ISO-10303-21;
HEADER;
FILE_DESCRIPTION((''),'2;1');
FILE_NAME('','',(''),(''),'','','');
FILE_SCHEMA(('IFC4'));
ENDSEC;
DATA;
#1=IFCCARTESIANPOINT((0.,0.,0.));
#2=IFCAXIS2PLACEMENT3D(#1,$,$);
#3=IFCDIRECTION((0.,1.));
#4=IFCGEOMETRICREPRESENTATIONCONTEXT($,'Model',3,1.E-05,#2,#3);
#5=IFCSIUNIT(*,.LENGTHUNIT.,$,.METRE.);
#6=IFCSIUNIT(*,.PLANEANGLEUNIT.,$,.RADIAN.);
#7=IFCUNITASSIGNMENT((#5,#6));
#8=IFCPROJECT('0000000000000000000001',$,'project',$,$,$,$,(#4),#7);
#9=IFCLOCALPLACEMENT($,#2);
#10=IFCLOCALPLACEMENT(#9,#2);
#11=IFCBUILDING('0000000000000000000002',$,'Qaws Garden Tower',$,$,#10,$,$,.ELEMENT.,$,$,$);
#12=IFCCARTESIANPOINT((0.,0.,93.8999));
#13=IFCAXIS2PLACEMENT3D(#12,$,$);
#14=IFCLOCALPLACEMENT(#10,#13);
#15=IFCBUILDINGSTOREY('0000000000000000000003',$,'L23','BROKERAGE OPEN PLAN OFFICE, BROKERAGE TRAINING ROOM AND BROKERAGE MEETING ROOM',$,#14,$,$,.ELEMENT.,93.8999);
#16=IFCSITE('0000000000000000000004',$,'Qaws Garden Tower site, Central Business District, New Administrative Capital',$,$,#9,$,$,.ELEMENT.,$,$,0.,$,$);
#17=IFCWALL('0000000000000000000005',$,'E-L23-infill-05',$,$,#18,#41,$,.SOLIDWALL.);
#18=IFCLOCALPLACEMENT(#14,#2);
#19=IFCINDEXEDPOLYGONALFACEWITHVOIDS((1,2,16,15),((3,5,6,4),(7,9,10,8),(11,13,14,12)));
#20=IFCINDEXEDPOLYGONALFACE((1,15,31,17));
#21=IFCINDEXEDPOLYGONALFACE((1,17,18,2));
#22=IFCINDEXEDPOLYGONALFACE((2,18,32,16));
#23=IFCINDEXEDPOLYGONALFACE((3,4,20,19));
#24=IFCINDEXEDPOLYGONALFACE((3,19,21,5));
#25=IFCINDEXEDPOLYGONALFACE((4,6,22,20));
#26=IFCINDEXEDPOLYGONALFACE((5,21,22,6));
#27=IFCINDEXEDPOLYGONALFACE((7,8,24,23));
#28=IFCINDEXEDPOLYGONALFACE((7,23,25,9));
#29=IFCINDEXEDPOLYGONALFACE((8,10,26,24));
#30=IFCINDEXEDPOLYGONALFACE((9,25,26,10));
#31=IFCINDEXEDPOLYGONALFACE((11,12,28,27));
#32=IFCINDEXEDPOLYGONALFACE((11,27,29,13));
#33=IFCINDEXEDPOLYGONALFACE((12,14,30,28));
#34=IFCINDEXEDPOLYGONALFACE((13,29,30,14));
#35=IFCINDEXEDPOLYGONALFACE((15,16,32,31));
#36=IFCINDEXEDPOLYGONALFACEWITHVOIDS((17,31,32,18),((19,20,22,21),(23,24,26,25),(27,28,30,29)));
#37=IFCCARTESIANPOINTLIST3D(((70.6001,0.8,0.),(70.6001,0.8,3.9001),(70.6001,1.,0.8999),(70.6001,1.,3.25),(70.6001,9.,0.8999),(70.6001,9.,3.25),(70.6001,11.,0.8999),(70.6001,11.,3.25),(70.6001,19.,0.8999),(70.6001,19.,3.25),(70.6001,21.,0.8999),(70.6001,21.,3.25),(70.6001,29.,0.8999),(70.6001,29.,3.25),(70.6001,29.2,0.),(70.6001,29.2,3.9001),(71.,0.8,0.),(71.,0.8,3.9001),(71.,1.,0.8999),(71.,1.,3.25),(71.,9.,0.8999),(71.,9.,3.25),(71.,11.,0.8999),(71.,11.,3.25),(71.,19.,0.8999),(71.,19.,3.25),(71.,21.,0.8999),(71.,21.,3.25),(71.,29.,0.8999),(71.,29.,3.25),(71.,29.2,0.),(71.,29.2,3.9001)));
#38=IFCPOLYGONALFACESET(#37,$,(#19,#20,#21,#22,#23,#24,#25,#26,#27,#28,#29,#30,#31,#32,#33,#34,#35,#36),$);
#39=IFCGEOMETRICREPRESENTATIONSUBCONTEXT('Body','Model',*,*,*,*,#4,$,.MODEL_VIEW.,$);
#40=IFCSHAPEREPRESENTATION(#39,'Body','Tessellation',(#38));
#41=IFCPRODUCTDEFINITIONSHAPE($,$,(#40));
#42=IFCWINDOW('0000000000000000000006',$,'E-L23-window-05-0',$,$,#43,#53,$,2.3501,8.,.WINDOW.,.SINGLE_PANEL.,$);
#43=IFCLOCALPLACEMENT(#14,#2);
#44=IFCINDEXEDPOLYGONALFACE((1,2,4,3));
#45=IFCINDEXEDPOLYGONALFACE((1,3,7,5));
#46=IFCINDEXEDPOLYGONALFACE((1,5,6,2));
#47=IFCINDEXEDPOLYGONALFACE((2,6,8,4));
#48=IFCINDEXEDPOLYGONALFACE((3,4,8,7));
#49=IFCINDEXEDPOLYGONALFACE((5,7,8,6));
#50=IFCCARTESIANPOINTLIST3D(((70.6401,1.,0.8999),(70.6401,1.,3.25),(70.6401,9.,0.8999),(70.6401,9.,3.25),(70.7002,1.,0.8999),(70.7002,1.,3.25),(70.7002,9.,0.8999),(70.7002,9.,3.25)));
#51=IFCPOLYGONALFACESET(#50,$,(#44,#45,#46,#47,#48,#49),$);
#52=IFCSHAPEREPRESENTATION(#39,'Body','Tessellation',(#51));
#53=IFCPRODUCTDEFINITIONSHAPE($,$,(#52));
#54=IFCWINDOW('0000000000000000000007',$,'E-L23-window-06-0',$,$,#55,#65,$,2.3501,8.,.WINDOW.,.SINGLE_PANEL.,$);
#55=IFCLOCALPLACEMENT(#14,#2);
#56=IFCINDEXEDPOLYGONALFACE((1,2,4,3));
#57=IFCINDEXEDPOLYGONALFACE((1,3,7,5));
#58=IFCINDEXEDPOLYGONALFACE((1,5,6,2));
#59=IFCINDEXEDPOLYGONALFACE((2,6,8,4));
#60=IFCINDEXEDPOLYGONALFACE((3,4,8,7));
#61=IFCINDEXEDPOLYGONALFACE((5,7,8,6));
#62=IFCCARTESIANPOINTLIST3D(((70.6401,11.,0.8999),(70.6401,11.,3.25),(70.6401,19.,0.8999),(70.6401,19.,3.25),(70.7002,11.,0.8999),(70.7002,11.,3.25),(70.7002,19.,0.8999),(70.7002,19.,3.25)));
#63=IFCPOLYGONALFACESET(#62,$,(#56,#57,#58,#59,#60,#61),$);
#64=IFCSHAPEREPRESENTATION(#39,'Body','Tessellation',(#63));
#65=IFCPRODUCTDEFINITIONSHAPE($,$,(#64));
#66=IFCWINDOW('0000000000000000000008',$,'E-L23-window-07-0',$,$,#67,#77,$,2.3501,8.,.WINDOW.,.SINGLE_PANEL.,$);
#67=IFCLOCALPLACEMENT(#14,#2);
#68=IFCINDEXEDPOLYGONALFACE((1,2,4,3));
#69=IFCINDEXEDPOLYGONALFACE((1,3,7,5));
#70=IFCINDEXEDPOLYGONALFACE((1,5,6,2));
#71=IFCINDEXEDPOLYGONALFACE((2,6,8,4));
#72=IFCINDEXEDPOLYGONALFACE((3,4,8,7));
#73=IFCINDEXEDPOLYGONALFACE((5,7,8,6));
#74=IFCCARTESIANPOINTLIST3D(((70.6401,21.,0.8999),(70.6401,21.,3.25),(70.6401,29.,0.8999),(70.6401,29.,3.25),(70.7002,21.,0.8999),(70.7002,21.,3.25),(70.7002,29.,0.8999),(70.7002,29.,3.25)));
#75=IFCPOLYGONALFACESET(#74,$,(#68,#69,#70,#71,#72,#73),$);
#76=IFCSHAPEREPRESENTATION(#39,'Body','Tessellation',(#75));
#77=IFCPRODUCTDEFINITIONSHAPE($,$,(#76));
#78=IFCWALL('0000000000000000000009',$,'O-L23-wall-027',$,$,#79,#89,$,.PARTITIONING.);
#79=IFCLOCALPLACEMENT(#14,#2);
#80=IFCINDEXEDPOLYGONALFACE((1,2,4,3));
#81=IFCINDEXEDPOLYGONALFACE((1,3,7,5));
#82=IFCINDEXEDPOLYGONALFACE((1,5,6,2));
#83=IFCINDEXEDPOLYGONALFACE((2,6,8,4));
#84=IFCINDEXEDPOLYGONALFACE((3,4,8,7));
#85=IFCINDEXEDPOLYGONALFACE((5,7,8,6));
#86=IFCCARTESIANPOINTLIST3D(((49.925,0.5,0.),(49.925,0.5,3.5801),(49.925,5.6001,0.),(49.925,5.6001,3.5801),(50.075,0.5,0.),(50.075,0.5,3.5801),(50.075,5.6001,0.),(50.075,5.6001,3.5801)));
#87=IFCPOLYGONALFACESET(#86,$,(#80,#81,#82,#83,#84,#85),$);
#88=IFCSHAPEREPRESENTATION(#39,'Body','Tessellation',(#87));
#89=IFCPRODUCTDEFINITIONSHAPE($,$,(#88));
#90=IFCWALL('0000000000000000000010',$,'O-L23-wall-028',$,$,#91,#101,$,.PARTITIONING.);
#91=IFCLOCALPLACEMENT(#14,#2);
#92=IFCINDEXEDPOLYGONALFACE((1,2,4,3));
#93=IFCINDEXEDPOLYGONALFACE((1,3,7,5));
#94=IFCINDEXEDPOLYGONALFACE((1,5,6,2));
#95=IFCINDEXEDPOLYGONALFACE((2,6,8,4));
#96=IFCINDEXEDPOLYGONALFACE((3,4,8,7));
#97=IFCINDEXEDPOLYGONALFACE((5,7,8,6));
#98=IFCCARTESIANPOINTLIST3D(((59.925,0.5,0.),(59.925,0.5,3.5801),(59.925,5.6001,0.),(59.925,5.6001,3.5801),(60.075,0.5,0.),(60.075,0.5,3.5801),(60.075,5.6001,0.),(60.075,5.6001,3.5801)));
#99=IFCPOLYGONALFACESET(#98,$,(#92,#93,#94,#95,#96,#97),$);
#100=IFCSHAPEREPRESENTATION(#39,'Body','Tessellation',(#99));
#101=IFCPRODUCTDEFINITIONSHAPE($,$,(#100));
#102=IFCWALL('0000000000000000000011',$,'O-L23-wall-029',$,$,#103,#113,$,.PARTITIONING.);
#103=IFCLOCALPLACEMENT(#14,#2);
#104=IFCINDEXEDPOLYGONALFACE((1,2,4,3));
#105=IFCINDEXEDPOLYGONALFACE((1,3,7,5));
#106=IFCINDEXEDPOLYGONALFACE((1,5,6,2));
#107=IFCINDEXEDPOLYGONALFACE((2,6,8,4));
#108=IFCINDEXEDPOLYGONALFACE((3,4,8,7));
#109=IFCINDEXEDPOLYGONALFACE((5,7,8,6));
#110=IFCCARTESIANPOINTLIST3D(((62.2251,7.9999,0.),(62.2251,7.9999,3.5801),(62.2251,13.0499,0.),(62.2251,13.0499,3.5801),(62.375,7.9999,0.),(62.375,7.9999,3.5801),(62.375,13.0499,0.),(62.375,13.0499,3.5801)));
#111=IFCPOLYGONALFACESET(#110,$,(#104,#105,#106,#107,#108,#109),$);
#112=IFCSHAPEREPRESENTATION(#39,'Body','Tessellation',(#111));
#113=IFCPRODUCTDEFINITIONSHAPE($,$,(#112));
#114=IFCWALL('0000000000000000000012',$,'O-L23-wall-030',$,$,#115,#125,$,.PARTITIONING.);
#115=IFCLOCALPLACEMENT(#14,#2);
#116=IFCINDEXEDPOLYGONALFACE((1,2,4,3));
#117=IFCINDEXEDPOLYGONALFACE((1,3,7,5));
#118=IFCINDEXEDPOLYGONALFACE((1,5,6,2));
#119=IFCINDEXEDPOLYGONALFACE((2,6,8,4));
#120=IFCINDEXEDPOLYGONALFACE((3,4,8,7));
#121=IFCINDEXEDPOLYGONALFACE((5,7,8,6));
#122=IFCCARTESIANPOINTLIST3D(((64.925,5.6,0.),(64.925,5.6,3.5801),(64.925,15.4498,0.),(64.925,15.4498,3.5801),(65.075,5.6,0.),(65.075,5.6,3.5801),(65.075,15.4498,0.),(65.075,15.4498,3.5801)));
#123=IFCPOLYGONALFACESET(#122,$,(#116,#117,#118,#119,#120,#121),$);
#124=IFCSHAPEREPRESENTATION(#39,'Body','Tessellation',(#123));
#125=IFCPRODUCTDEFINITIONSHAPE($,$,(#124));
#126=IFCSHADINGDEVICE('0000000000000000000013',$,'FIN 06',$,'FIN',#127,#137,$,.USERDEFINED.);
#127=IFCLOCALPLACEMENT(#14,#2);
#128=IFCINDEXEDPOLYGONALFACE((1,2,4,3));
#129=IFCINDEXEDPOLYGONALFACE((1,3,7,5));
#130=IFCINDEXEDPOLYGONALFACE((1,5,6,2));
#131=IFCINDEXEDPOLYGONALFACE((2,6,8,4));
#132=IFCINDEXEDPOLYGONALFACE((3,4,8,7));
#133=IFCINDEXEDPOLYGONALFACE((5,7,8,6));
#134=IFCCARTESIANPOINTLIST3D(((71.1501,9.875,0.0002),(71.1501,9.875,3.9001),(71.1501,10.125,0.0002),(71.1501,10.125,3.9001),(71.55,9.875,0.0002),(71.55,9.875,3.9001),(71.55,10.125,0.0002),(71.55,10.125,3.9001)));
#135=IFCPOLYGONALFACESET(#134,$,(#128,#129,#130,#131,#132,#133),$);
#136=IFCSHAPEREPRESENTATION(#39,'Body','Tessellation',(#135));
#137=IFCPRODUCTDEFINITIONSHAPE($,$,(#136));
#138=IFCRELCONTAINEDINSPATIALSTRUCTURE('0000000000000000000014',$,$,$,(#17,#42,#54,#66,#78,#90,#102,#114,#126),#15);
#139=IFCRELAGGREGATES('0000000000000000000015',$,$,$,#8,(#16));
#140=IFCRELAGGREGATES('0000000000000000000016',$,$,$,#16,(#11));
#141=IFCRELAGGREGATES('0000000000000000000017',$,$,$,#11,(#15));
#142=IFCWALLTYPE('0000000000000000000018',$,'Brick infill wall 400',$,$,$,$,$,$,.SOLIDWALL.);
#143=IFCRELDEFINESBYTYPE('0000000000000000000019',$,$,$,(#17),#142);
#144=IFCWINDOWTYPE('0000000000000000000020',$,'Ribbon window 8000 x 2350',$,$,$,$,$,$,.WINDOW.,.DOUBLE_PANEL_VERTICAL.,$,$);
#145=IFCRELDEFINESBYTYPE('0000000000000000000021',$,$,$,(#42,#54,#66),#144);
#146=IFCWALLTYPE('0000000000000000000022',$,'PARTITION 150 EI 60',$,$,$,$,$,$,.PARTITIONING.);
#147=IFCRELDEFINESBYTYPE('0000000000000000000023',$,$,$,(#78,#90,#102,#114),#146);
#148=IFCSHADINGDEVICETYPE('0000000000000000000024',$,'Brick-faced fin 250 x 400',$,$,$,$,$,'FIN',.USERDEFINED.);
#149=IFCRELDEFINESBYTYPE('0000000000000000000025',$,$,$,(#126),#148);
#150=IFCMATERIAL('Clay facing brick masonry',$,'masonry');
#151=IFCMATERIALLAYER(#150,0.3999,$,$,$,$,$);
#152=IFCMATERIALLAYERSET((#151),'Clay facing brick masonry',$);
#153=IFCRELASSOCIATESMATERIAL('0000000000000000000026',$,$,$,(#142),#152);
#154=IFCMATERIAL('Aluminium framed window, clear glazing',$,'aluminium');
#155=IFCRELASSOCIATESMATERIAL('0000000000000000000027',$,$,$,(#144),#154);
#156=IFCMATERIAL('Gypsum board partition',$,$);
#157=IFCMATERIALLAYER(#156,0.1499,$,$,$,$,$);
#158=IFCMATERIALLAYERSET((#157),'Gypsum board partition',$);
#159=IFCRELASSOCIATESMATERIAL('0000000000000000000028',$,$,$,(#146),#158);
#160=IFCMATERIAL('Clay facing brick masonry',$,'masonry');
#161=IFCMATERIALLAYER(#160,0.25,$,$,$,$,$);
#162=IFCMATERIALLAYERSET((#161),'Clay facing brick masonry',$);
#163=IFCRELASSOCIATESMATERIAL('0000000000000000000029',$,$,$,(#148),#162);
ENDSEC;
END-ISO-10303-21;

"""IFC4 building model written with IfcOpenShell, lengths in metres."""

from ifc_helpers import new_model, si_unit, direction, frame, frame_2d, origin, origin_2d, place, context, subcontext, project, spatial, rectangle, extrude, material, layer, layer_set, type_object, element, fill, save


model = new_model("IFC4")

# Units and contexts
model_context = context("Model", 3, precision=1e-05, world=origin(), true_north=direction((0.0, 1.0)))
body_context = subcontext(model_context, "Body", "Model", "MODEL_VIEW")
ifc_project = project(units=[si_unit("LENGTHUNIT", "METRE"), si_unit("PLANEANGLEUNIT", "RADIAN")], contexts=[model_context])

# Site, building, storey
site_placement = place(None, origin())
site = spatial("IfcSite", under=ifc_project, at=site_placement, Name="Qaws Garden Tower site, Central Business District, New Administrative Capital", CompositionType="ELEMENT", RefElevation=0.0)
building_placement = place(site_placement, origin())
building = spatial("IfcBuilding", under=site, at=building_placement, Name="Qaws Garden Tower", CompositionType="ELEMENT")
storey_placement = place(building_placement, frame((0.0, 0.0, 93.8999)))
storey = spatial("IfcBuildingStorey", under=building, at=storey_placement, Name="L23", Description="BROKERAGE OPEN PLAN OFFICE, BROKERAGE TRAINING ROOM AND BROKERAGE MEETING ROOM", CompositionType="ELEMENT", Elevation=93.8999)

# Wall, openings, windows
ifc_material_1 = material(Name="Clay facing brick masonry", Category="masonry")
ifc_layer_1 = layer(ifc_material_1, 0.3999)
ifc_layer_set_1 = layer_set([ifc_layer_1], Name="Clay facing brick masonry")
wall_type_1 = type_object("IfcWallType", Name="Brick infill wall 400", PredefinedType="SOLIDWALL", material=ifc_layer_set_1)
wall_1_placement = place(storey_placement, frame((70.8, 0.8, 0.0), z_axis=(0.0, 0.0, 1.0), x_axis=(0.0, 1.0, 0.0)))
wall_1 = element("IfcWall", 1, at=wall_1_placement, inside=storey, type_object=wall_type_1, Name="E-L23-infill-05", PredefinedType="SOLIDWALL", context=body_context, shape_type="SweptSolid", body=[
    extrude(rectangle(XDim=28.3999, YDim=0.3999, at=frame_2d((14.2, 0.0))), origin(), (0.0, 0.0, 1.0), 3.9001),
])
opening_1_placement = place(wall_1_placement, frame((0.2, 0.0, 0.8999)))
opening_1 = element("IfcOpeningElement", 2, at=opening_1_placement, cuts=wall_1, PredefinedType="OPENING", context=body_context, shape_type="SweptSolid", body=[
    extrude(rectangle(XDim=8.0, YDim=2.3501, at=frame_2d((4.0, 1.175))), frame((0.0, 0.21, 0.0), z_axis=(0.0, -1.0, 0.0), x_axis=(1.0, 0.0, 0.0)), (0.0, 0.0, 1.0), 0.4199),
])
opening_2_placement = place(wall_1_placement, frame((10.2, 0.0, 0.8999)))
opening_2 = element("IfcOpeningElement", 3, at=opening_2_placement, cuts=wall_1, PredefinedType="OPENING", context=body_context, shape_type="SweptSolid", body=[
    extrude(rectangle(XDim=8.0, YDim=2.3501, at=frame_2d((4.0, 1.175))), frame((0.0, 0.21, 0.0), z_axis=(0.0, -1.0, 0.0), x_axis=(1.0, 0.0, 0.0)), (0.0, 0.0, 1.0), 0.4199),
])
opening_3_placement = place(wall_1_placement, frame((20.2, 0.0, 0.8999)))
opening_3 = element("IfcOpeningElement", 4, at=opening_3_placement, cuts=wall_1, PredefinedType="OPENING", context=body_context, shape_type="SweptSolid", body=[
    extrude(rectangle(XDim=8.0, YDim=2.3501, at=frame_2d((4.0, 1.175))), frame((0.0, 0.21, 0.0), z_axis=(0.0, -1.0, 0.0), x_axis=(1.0, 0.0, 0.0)), (0.0, 0.0, 1.0), 0.4199),
])
ifc_material_2 = material(Name="Aluminium framed window, clear glazing", Category="aluminium")
window_type = type_object("IfcWindowType", Name="Ribbon window 8000 x 2350", PartitioningType="DOUBLE_PANEL_VERTICAL", PredefinedType="WINDOW", material=ifc_material_2)
window_1_placement = place(opening_1_placement, origin())
window_1 = element("IfcWindow", 5, at=window_1_placement, inside=storey, type_object=window_type, Name="E-L23-window-05-0", OverallHeight=2.3501, OverallWidth=8.0, PartitioningType="SINGLE_PANEL", PredefinedType="WINDOW", context=body_context, shape_type="SweptSolid", body=[
    extrude(rectangle(XDim=8.0, YDim=2.3501, at=frame_2d((4.0, 1.175))), frame((0.0, 0.1599, 0.0), z_axis=(0.0, -1.0, 0.0), x_axis=(1.0, 0.0, 0.0)), (0.0, 0.0, 1.0), 0.0601),
])
fill(opening_1, window_1)
window_2_placement = place(opening_2_placement, origin())
window_2 = element("IfcWindow", 6, at=window_2_placement, inside=storey, type_object=window_type, Name="E-L23-window-06-0", OverallHeight=2.3501, OverallWidth=8.0, PartitioningType="SINGLE_PANEL", PredefinedType="WINDOW", context=body_context, shape_type="SweptSolid", body=[
    extrude(rectangle(XDim=8.0, YDim=2.3501, at=frame_2d((4.0, 1.175))), frame((0.0, 0.1599, 0.0), z_axis=(0.0, -1.0, 0.0), x_axis=(1.0, 0.0, 0.0)), (0.0, 0.0, 1.0), 0.0601),
])
fill(opening_2, window_2)
window_3_placement = place(opening_3_placement, origin())
window_3 = element("IfcWindow", 7, at=window_3_placement, inside=storey, type_object=window_type, Name="E-L23-window-07-0", OverallHeight=2.3501, OverallWidth=8.0, PartitioningType="SINGLE_PANEL", PredefinedType="WINDOW", context=body_context, shape_type="SweptSolid", body=[
    extrude(rectangle(XDim=8.0, YDim=2.3501, at=frame_2d((4.0, 1.175))), frame((0.0, 0.1599, 0.0), z_axis=(0.0, -1.0, 0.0), x_axis=(1.0, 0.0, 0.0)), (0.0, 0.0, 1.0), 0.0601),
])
fill(opening_3, window_3)

# Walls
ifc_material_3 = material(Name="Gypsum board partition")
ifc_layer_2 = layer(ifc_material_3, 0.1499)
ifc_layer_set_2 = layer_set([ifc_layer_2], Name="Gypsum board partition")
wall_type_2 = type_object("IfcWallType", Name="PARTITION 150 EI 60", PredefinedType="PARTITIONING", material=ifc_layer_set_2)
for number, where, z_axis, x_axis, name in (
    (8, (50.0, 0.5, 0.0), (0.0, 0.0, 1.0), (0.0, 1.0, 0.0), "O-L23-wall-027"),
    (9, (60.0, 0.5, 0.0), (0.0, 0.0, 1.0), (0.0, 1.0, 0.0), "O-L23-wall-028"),
):
    element("IfcWall", number, at=place(storey_placement, frame(where, z_axis=z_axis, x_axis=x_axis)), inside=storey, type_object=wall_type_2, Name=name, PredefinedType="PARTITIONING", context=body_context, shape_type="SweptSolid", body=[
        extrude(rectangle(XDim=5.1001, YDim=0.1499, at=frame_2d((2.55, 0.0))), origin(), (0.0, 0.0, 1.0), 3.5801),
    ])
wall_2_placement = place(storey_placement, frame((62.3, 8.0, 0.0), z_axis=(0.0, 0.0, 1.0), x_axis=(0.0, 1.0, 0.0)))
element("IfcWall", 10, at=wall_2_placement, inside=storey, type_object=wall_type_2, Name="O-L23-wall-029", PredefinedType="PARTITIONING", context=body_context, shape_type="SweptSolid", body=[
    extrude(rectangle(XDim=5.05, YDim=0.1499, at=frame_2d((2.5249, 0.0))), origin(), (0.0, 0.0, 1.0), 3.5801),
])
wall_3_placement = place(storey_placement, frame((65.0, 5.6001, 0.0), z_axis=(0.0, 0.0, 1.0), x_axis=(0.0, 1.0, 0.0)))
element("IfcWall", 11, at=wall_3_placement, inside=storey, type_object=wall_type_2, Name="O-L23-wall-030", PredefinedType="PARTITIONING", context=body_context, shape_type="SweptSolid", body=[
    extrude(rectangle(XDim=9.8499, YDim=0.1499, at=frame_2d((4.9248, 0.0))), origin(), (0.0, 0.0, 1.0), 3.5801),
])

# Shading device
ifc_material_4 = material(Name="Clay facing brick masonry", Category="masonry")
ifc_layer_3 = layer(ifc_material_4, 0.25)
ifc_layer_set_3 = layer_set([ifc_layer_3], Name="Clay facing brick masonry")
shading_device_type = type_object("IfcShadingDeviceType", Name="Brick-faced fin 250 x 400", ElementType="FIN", PredefinedType="USERDEFINED", material=ifc_layer_set_3)
shading_device_placement = place(storey_placement, frame((71.3501, 10.0, 0.0002), z_axis=(0.0, 0.0, 1.0), x_axis=(0.0, 1.0, 0.0)))
element("IfcShadingDevice", 12, at=shading_device_placement, inside=storey, type_object=shading_device_type, Name="FIN 06", ObjectType="FIN", PredefinedType="USERDEFINED", context=body_context, shape_type="SweptSolid", body=[
    extrude(rectangle(XDim=0.25, YDim=0.3999, at=origin_2d()), origin(), (0.0, 0.0, 1.0), 3.8999),
])

save(model, "model.ifc")
